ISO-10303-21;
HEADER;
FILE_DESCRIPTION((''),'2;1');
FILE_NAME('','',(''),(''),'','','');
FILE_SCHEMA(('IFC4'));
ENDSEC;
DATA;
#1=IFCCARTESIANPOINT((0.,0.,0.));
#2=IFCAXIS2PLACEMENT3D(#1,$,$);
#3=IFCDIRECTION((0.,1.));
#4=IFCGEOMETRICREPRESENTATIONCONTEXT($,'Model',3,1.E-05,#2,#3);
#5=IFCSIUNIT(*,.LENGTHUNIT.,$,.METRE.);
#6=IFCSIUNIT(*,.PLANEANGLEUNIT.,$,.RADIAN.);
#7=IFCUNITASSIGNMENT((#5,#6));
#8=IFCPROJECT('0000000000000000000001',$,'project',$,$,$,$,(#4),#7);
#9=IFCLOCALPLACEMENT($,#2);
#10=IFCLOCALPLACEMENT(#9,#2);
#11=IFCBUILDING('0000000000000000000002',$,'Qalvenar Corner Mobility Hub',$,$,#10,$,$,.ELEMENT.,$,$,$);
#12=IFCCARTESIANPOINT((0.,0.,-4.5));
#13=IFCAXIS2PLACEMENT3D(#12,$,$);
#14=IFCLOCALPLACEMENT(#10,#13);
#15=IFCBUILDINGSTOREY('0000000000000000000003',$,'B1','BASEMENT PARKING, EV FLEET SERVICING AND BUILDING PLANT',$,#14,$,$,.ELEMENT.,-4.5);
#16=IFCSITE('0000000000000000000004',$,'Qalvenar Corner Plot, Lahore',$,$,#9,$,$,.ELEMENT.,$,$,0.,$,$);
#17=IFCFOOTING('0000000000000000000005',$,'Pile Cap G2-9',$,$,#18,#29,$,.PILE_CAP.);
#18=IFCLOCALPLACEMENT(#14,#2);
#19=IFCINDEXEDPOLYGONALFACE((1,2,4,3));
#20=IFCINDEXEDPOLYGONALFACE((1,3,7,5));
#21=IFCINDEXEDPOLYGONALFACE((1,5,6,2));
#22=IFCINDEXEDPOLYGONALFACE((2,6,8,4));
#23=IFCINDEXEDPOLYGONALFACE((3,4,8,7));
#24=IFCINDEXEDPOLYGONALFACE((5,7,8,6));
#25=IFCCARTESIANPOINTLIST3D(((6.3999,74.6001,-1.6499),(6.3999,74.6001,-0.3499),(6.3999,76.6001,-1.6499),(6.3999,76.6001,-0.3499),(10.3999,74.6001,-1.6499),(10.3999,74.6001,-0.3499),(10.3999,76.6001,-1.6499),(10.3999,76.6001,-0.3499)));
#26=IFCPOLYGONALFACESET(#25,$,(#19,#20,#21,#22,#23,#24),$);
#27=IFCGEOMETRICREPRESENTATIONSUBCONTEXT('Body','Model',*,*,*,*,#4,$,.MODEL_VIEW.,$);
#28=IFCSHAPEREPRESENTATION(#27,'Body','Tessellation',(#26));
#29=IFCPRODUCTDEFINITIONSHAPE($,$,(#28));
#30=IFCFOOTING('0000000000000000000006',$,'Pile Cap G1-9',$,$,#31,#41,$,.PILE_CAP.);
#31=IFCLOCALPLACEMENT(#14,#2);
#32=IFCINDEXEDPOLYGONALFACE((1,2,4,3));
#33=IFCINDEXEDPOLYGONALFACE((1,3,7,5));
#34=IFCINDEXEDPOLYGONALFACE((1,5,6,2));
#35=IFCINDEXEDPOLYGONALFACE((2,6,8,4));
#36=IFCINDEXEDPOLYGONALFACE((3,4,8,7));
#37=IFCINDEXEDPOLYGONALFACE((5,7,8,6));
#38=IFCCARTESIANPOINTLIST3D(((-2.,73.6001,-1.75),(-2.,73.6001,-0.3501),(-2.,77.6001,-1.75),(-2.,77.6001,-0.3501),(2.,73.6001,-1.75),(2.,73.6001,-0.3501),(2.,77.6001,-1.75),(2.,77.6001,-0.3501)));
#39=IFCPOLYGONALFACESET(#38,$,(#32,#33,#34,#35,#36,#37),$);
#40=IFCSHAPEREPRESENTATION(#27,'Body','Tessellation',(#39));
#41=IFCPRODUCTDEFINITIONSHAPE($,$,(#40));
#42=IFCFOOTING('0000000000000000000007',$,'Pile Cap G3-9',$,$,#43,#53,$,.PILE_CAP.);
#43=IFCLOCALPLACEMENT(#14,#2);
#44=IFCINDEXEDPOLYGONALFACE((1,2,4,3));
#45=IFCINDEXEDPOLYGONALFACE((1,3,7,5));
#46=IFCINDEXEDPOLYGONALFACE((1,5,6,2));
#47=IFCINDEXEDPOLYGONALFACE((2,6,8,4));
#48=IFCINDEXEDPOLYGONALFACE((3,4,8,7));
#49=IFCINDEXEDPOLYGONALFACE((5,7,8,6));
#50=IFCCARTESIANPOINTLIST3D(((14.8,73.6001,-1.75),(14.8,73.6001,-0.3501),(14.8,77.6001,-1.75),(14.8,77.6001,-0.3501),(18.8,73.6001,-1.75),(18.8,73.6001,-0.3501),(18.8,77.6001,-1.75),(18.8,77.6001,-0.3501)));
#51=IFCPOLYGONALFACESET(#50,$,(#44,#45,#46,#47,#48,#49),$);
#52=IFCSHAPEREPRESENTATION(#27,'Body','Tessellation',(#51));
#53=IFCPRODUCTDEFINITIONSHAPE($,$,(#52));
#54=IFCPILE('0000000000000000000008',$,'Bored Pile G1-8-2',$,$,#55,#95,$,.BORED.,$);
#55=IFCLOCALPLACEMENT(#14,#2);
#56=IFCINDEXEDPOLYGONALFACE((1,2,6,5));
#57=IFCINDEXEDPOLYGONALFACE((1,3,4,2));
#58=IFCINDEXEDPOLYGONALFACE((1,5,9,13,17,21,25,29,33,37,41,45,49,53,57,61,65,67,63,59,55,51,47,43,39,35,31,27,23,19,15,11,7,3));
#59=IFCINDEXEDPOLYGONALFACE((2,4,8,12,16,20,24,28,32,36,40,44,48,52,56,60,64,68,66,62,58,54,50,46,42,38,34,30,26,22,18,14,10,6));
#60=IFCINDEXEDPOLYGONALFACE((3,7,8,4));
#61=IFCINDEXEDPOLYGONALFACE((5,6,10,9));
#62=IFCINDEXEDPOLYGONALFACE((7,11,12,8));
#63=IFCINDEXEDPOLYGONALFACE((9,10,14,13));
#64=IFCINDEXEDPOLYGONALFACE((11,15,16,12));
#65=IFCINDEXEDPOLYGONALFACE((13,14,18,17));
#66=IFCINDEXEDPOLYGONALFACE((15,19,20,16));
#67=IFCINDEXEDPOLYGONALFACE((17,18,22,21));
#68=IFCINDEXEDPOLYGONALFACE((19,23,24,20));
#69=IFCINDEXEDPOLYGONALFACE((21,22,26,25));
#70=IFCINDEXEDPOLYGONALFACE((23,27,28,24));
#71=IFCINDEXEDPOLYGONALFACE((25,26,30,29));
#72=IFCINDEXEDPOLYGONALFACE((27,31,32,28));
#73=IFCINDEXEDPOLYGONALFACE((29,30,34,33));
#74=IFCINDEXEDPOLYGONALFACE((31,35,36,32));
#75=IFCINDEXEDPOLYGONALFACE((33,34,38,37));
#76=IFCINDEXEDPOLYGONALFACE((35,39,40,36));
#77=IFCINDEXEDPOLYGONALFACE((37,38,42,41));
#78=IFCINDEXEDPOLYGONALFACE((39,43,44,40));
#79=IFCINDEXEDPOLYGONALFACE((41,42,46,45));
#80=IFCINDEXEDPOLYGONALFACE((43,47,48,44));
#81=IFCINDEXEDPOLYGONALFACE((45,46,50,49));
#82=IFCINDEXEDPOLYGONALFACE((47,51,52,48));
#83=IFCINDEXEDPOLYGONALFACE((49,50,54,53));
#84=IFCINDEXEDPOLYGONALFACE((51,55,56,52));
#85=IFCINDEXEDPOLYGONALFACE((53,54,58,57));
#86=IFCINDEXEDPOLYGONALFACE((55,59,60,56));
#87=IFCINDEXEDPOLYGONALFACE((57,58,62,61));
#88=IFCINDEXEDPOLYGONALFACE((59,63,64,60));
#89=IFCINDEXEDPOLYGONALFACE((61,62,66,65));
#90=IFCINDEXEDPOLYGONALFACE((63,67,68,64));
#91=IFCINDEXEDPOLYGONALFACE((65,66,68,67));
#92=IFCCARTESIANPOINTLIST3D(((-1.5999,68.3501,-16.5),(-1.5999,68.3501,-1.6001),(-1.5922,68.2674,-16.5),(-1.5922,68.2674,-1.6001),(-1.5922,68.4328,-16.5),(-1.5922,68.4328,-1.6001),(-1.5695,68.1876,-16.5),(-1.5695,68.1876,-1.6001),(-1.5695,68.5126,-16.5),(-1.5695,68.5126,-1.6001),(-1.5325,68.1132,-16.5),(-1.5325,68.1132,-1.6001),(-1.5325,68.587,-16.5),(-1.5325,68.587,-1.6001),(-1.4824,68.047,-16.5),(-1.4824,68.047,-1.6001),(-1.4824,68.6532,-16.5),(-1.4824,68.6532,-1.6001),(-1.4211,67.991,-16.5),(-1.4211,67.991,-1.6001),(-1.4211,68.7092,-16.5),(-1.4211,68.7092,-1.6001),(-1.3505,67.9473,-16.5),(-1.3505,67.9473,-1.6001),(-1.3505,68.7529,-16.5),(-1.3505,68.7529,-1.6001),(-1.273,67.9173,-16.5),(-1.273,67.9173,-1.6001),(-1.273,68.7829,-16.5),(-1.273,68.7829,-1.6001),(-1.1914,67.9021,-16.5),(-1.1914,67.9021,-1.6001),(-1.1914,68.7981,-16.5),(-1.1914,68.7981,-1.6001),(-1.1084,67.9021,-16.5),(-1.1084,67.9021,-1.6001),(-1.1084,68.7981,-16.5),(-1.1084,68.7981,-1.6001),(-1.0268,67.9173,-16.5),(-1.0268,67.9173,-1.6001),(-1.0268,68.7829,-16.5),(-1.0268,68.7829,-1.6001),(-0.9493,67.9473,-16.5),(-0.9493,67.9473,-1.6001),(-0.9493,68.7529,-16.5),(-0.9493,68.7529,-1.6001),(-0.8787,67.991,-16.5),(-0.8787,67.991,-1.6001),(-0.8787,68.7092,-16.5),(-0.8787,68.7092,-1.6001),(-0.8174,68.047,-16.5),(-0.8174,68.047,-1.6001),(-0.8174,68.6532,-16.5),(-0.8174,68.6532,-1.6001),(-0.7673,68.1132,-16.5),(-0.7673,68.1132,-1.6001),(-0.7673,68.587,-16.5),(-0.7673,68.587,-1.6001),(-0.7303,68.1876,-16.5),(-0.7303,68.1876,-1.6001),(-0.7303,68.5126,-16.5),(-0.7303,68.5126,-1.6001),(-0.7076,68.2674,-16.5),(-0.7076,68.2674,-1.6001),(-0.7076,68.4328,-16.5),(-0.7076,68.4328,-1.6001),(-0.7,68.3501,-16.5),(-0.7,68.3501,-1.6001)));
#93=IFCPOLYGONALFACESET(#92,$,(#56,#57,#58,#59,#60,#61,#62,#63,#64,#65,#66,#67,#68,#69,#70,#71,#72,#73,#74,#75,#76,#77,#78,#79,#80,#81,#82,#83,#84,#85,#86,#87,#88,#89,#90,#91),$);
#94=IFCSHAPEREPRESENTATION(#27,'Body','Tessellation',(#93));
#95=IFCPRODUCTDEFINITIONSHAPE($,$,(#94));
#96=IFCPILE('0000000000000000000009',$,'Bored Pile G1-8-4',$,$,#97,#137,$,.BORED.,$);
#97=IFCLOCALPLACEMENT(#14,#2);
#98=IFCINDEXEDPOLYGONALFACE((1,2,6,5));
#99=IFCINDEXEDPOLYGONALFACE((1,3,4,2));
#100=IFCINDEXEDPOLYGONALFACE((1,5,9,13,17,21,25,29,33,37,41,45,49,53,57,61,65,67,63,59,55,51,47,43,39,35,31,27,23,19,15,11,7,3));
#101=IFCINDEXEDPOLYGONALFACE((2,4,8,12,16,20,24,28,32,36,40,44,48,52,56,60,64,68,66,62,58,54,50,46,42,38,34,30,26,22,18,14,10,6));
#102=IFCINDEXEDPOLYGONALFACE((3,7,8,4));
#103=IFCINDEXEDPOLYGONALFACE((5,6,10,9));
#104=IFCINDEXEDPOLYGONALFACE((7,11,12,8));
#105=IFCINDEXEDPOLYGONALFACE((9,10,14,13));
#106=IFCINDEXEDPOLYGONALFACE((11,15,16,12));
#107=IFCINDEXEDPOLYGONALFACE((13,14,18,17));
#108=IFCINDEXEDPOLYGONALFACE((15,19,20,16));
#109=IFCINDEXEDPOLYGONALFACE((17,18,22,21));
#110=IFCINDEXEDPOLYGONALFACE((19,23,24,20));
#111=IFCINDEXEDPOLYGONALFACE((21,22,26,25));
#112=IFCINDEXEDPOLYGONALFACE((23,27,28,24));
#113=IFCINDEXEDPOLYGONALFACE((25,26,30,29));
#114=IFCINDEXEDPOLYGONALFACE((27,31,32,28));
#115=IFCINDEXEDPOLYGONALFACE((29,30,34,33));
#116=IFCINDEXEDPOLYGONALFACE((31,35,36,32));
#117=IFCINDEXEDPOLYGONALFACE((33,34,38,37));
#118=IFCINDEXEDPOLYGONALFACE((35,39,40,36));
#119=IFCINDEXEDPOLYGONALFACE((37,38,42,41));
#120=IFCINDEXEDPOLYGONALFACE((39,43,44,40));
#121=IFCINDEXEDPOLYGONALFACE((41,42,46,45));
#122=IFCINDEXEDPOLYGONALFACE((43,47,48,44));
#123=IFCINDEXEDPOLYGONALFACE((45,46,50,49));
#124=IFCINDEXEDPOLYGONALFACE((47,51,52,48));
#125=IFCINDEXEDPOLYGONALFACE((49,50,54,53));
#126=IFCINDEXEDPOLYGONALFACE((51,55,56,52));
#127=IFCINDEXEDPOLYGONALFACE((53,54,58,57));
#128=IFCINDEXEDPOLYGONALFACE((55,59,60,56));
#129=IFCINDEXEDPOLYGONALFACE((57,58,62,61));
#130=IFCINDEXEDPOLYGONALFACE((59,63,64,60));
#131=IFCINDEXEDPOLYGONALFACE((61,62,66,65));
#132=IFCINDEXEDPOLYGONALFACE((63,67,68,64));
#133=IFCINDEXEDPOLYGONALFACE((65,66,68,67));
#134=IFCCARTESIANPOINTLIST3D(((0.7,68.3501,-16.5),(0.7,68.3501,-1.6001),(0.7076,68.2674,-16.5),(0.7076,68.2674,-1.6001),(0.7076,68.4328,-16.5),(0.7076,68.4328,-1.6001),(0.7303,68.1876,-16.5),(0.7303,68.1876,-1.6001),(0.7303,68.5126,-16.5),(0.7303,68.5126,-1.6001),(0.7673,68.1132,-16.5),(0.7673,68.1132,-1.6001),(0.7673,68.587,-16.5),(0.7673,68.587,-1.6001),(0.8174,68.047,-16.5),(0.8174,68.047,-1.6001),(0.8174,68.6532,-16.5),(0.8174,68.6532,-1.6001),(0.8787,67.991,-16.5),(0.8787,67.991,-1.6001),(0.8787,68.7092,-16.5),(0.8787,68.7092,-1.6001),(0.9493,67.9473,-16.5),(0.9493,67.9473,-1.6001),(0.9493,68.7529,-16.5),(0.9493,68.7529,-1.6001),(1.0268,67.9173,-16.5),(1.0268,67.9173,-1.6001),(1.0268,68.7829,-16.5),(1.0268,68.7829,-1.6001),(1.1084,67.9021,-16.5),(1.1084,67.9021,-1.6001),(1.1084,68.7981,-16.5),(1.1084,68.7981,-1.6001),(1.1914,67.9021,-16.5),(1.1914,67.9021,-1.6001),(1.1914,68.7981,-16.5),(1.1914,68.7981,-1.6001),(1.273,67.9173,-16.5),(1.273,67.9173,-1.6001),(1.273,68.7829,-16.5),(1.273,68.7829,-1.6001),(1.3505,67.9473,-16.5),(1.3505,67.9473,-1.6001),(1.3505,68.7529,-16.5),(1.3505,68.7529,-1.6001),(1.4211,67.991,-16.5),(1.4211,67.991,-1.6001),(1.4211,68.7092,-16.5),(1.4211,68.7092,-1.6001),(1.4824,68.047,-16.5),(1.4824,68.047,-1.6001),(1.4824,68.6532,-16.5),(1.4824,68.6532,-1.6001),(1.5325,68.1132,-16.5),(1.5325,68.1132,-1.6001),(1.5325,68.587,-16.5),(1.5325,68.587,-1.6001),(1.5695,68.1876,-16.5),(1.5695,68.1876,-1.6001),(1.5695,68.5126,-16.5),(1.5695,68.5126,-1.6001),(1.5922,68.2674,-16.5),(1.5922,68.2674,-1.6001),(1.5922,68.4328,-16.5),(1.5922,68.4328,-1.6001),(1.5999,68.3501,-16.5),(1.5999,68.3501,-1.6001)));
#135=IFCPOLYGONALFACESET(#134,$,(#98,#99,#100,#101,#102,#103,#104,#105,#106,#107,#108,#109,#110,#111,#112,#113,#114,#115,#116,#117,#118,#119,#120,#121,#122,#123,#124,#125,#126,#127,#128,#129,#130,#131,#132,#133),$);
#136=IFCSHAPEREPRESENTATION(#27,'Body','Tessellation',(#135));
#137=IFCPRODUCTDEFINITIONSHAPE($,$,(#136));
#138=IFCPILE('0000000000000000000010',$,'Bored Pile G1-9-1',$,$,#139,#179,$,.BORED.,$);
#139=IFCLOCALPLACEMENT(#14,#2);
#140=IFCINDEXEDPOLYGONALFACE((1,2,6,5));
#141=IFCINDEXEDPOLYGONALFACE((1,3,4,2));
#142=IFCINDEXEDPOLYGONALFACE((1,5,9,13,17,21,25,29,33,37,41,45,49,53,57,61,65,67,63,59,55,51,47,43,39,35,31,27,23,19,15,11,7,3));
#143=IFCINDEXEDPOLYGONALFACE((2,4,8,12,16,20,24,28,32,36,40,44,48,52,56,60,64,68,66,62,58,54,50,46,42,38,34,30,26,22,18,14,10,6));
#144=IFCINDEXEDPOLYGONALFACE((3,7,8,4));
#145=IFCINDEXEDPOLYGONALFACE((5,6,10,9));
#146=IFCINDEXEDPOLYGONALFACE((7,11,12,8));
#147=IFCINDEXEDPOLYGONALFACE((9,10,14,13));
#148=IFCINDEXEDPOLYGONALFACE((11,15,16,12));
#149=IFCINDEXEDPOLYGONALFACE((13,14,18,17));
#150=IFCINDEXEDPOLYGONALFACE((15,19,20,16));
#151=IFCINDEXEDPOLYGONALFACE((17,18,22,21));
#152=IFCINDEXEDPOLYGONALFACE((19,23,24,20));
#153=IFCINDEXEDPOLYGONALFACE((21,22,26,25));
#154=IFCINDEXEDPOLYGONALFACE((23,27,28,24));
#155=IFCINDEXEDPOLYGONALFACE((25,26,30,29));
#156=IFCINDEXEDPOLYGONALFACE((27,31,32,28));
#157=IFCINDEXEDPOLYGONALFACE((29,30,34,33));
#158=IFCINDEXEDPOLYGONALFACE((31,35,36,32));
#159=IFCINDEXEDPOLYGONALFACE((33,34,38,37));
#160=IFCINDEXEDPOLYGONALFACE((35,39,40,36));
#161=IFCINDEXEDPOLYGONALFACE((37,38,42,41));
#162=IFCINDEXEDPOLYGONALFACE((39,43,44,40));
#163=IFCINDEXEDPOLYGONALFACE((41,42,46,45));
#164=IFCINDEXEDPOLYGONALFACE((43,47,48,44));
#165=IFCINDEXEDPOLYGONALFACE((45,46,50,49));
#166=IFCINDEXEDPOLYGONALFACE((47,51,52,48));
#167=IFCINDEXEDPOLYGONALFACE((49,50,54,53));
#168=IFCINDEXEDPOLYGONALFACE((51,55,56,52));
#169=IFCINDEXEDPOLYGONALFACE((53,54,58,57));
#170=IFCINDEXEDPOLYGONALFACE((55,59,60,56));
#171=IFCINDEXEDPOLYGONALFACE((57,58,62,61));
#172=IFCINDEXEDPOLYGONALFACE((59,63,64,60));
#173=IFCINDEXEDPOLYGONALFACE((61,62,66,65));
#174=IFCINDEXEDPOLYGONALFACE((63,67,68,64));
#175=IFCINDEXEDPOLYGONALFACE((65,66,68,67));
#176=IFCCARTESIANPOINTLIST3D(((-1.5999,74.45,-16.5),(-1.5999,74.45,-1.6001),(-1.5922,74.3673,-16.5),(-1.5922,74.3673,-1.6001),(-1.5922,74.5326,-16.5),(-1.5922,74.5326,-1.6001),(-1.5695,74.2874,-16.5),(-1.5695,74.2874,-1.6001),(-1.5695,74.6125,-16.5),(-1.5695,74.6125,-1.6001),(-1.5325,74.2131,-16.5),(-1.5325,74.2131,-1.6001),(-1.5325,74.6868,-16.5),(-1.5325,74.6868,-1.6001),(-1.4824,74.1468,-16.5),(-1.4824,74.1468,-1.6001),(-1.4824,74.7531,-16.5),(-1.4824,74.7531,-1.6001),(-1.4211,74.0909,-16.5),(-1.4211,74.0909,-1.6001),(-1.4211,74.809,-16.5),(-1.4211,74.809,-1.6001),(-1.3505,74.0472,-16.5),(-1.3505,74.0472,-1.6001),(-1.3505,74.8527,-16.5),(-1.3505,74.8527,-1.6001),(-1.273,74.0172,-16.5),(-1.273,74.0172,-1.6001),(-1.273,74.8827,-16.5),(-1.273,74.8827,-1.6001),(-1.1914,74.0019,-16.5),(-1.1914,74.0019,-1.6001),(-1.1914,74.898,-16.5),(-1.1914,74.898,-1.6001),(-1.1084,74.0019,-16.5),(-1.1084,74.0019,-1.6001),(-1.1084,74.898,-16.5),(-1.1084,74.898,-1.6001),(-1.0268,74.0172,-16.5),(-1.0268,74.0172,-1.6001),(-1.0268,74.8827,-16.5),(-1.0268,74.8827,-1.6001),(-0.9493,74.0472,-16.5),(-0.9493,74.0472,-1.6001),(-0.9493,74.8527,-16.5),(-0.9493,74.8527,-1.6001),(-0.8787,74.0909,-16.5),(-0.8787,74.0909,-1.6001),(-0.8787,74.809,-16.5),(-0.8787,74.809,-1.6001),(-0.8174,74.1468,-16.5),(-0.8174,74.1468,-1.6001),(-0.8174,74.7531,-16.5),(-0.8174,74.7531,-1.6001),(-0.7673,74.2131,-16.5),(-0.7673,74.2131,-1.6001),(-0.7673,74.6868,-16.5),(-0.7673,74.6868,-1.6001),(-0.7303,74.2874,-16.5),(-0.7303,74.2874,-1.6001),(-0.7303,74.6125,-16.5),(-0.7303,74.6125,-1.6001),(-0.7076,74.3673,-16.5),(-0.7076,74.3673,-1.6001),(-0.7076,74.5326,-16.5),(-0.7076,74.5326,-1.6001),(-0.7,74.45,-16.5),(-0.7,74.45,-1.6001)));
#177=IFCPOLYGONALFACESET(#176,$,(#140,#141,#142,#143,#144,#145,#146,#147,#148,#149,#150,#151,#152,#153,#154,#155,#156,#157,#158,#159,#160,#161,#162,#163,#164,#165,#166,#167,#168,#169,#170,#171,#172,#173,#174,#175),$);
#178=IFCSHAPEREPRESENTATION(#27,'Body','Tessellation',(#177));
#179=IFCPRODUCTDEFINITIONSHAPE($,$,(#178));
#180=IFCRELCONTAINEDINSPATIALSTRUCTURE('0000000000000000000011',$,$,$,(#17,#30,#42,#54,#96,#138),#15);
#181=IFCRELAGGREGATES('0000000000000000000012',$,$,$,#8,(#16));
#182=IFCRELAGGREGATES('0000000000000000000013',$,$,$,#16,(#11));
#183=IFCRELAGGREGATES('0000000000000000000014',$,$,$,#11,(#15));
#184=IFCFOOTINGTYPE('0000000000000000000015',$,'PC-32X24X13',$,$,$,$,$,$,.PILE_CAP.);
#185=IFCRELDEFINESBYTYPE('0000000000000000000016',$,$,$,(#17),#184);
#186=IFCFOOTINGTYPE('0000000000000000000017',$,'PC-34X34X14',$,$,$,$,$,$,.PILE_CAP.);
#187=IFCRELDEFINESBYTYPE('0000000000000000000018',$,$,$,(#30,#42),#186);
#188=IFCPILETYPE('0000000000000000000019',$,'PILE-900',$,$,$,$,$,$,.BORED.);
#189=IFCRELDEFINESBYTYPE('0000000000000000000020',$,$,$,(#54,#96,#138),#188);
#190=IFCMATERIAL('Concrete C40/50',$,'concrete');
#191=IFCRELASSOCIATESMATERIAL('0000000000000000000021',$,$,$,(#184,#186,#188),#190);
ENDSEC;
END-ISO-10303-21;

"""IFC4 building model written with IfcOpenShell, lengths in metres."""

from ifc_helpers import new_model, si_unit, direction, frame, origin, origin_2d, place, context, subcontext, project, spatial, rectangle, circle, extrude, material, material_profile, profile_set, type_object, element, save


model = new_model("IFC4")

# Units and contexts
model_context = context("Model", 3, precision=1e-05, world=origin(), true_north=direction((0.0, 1.0)))
body_context = subcontext(model_context, "Body", "Model", "MODEL_VIEW")
ifc_project = project(units=[si_unit("LENGTHUNIT", "METRE"), si_unit("PLANEANGLEUNIT", "RADIAN")], contexts=[model_context])

# Site, building, storey
site_placement = place(None, origin())
site = spatial("IfcSite", under=ifc_project, at=site_placement, Name="Qalvenar Corner Plot, Lahore", CompositionType="ELEMENT", RefElevation=0.0)
building_placement = place(site_placement, origin())
building = spatial("IfcBuilding", under=site, at=building_placement, Name="Qalvenar Corner Mobility Hub", CompositionType="ELEMENT")
storey_placement = place(building_placement, frame((0.0, 0.0, -4.5)))
storey = spatial("IfcBuildingStorey", under=building, at=storey_placement, Name="B1", Description="BASEMENT PARKING, EV FLEET SERVICING AND BUILDING PLANT", CompositionType="ELEMENT", Elevation=-4.5)

# Footings
ifc_material_1 = material(Name="Concrete C40/50", Category="concrete")
footing_type_1 = type_object("IfcFootingType", Name="PC-32X24X13", PredefinedType="PILE_CAP", material=ifc_material_1)
footing_1_placement = place(storey_placement, frame((8.3999, 75.6001, -1.6499), z_axis=(0.0, 0.0, 1.0), x_axis=(1.0, 0.0, 0.0)))
element("IfcFooting", 1, at=footing_1_placement, inside=storey, type_object=footing_type_1, Name="Pile Cap G2-9", PredefinedType="PILE_CAP", context=body_context, shape_type="SweptSolid", body=[
    extrude(rectangle(XDim=4.0, YDim=2.0, at=origin_2d()), origin(), (0.0, 0.0, 1.0), 1.3),
])
footing_type_2 = type_object("IfcFootingType", Name="PC-34X34X14", PredefinedType="PILE_CAP", material=ifc_material_1)
for number, where, z_axis, x_axis, name in (
    (2, (0.0, 75.6001, -1.75), (0.0, 0.0, 1.0), (1.0, 0.0, 0.0), "Pile Cap G1-9"),
    (3, (16.8, 75.6001, -1.75), (0.0, 0.0, 1.0), (1.0, 0.0, 0.0), "Pile Cap G3-9"),
):
    element("IfcFooting", number, at=place(storey_placement, frame(where, z_axis=z_axis, x_axis=x_axis)), inside=storey, type_object=footing_type_2, Name=name, PredefinedType="PILE_CAP", context=body_context, shape_type="SweptSolid", body=[
        extrude(rectangle(XDim=4.0, YDim=4.0, at=origin_2d()), origin(), (0.0, 0.0, 1.0), 1.3999),
    ])

# Piles
ifc_material_profile_1 = material_profile(ifc_material_1, circle(Radius=0.45, at=origin_2d()), Name="DIA900")
ifc_profile_set_1 = profile_set([ifc_material_profile_1], Name="Concrete C40/50")
pile_type = type_object("IfcPileType", Name="PILE-900", PredefinedType="BORED", material=ifc_profile_set_1)
for number, where, z_axis, x_axis, name in (
    (4, (-1.1499, 68.3501, -1.6001), (0.0, 0.0, -1.0), (1.0, 0.0, 0.0), "Bored Pile G1-8-2"),
    (5, (1.1499, 68.3501, -1.6001), (0.0, 0.0, -1.0), (1.0, 0.0, 0.0), "Bored Pile G1-8-4"),
    (6, (-1.1499, 74.45, -1.6001), (0.0, 0.0, -1.0), (1.0, 0.0, 0.0), "Bored Pile G1-9-1"),
):
    element("IfcPile", number, at=place(storey_placement, frame(where, z_axis=z_axis, x_axis=x_axis)), inside=storey, type_object=pile_type, Name=name, PredefinedType="BORED", context=body_context, shape_type="SweptSolid", body=[
        extrude(circle(Radius=0.45, at=origin_2d()), origin(), (0.0, 0.0, 1.0), 14.8999),
    ])

save(model, "model.ifc")
